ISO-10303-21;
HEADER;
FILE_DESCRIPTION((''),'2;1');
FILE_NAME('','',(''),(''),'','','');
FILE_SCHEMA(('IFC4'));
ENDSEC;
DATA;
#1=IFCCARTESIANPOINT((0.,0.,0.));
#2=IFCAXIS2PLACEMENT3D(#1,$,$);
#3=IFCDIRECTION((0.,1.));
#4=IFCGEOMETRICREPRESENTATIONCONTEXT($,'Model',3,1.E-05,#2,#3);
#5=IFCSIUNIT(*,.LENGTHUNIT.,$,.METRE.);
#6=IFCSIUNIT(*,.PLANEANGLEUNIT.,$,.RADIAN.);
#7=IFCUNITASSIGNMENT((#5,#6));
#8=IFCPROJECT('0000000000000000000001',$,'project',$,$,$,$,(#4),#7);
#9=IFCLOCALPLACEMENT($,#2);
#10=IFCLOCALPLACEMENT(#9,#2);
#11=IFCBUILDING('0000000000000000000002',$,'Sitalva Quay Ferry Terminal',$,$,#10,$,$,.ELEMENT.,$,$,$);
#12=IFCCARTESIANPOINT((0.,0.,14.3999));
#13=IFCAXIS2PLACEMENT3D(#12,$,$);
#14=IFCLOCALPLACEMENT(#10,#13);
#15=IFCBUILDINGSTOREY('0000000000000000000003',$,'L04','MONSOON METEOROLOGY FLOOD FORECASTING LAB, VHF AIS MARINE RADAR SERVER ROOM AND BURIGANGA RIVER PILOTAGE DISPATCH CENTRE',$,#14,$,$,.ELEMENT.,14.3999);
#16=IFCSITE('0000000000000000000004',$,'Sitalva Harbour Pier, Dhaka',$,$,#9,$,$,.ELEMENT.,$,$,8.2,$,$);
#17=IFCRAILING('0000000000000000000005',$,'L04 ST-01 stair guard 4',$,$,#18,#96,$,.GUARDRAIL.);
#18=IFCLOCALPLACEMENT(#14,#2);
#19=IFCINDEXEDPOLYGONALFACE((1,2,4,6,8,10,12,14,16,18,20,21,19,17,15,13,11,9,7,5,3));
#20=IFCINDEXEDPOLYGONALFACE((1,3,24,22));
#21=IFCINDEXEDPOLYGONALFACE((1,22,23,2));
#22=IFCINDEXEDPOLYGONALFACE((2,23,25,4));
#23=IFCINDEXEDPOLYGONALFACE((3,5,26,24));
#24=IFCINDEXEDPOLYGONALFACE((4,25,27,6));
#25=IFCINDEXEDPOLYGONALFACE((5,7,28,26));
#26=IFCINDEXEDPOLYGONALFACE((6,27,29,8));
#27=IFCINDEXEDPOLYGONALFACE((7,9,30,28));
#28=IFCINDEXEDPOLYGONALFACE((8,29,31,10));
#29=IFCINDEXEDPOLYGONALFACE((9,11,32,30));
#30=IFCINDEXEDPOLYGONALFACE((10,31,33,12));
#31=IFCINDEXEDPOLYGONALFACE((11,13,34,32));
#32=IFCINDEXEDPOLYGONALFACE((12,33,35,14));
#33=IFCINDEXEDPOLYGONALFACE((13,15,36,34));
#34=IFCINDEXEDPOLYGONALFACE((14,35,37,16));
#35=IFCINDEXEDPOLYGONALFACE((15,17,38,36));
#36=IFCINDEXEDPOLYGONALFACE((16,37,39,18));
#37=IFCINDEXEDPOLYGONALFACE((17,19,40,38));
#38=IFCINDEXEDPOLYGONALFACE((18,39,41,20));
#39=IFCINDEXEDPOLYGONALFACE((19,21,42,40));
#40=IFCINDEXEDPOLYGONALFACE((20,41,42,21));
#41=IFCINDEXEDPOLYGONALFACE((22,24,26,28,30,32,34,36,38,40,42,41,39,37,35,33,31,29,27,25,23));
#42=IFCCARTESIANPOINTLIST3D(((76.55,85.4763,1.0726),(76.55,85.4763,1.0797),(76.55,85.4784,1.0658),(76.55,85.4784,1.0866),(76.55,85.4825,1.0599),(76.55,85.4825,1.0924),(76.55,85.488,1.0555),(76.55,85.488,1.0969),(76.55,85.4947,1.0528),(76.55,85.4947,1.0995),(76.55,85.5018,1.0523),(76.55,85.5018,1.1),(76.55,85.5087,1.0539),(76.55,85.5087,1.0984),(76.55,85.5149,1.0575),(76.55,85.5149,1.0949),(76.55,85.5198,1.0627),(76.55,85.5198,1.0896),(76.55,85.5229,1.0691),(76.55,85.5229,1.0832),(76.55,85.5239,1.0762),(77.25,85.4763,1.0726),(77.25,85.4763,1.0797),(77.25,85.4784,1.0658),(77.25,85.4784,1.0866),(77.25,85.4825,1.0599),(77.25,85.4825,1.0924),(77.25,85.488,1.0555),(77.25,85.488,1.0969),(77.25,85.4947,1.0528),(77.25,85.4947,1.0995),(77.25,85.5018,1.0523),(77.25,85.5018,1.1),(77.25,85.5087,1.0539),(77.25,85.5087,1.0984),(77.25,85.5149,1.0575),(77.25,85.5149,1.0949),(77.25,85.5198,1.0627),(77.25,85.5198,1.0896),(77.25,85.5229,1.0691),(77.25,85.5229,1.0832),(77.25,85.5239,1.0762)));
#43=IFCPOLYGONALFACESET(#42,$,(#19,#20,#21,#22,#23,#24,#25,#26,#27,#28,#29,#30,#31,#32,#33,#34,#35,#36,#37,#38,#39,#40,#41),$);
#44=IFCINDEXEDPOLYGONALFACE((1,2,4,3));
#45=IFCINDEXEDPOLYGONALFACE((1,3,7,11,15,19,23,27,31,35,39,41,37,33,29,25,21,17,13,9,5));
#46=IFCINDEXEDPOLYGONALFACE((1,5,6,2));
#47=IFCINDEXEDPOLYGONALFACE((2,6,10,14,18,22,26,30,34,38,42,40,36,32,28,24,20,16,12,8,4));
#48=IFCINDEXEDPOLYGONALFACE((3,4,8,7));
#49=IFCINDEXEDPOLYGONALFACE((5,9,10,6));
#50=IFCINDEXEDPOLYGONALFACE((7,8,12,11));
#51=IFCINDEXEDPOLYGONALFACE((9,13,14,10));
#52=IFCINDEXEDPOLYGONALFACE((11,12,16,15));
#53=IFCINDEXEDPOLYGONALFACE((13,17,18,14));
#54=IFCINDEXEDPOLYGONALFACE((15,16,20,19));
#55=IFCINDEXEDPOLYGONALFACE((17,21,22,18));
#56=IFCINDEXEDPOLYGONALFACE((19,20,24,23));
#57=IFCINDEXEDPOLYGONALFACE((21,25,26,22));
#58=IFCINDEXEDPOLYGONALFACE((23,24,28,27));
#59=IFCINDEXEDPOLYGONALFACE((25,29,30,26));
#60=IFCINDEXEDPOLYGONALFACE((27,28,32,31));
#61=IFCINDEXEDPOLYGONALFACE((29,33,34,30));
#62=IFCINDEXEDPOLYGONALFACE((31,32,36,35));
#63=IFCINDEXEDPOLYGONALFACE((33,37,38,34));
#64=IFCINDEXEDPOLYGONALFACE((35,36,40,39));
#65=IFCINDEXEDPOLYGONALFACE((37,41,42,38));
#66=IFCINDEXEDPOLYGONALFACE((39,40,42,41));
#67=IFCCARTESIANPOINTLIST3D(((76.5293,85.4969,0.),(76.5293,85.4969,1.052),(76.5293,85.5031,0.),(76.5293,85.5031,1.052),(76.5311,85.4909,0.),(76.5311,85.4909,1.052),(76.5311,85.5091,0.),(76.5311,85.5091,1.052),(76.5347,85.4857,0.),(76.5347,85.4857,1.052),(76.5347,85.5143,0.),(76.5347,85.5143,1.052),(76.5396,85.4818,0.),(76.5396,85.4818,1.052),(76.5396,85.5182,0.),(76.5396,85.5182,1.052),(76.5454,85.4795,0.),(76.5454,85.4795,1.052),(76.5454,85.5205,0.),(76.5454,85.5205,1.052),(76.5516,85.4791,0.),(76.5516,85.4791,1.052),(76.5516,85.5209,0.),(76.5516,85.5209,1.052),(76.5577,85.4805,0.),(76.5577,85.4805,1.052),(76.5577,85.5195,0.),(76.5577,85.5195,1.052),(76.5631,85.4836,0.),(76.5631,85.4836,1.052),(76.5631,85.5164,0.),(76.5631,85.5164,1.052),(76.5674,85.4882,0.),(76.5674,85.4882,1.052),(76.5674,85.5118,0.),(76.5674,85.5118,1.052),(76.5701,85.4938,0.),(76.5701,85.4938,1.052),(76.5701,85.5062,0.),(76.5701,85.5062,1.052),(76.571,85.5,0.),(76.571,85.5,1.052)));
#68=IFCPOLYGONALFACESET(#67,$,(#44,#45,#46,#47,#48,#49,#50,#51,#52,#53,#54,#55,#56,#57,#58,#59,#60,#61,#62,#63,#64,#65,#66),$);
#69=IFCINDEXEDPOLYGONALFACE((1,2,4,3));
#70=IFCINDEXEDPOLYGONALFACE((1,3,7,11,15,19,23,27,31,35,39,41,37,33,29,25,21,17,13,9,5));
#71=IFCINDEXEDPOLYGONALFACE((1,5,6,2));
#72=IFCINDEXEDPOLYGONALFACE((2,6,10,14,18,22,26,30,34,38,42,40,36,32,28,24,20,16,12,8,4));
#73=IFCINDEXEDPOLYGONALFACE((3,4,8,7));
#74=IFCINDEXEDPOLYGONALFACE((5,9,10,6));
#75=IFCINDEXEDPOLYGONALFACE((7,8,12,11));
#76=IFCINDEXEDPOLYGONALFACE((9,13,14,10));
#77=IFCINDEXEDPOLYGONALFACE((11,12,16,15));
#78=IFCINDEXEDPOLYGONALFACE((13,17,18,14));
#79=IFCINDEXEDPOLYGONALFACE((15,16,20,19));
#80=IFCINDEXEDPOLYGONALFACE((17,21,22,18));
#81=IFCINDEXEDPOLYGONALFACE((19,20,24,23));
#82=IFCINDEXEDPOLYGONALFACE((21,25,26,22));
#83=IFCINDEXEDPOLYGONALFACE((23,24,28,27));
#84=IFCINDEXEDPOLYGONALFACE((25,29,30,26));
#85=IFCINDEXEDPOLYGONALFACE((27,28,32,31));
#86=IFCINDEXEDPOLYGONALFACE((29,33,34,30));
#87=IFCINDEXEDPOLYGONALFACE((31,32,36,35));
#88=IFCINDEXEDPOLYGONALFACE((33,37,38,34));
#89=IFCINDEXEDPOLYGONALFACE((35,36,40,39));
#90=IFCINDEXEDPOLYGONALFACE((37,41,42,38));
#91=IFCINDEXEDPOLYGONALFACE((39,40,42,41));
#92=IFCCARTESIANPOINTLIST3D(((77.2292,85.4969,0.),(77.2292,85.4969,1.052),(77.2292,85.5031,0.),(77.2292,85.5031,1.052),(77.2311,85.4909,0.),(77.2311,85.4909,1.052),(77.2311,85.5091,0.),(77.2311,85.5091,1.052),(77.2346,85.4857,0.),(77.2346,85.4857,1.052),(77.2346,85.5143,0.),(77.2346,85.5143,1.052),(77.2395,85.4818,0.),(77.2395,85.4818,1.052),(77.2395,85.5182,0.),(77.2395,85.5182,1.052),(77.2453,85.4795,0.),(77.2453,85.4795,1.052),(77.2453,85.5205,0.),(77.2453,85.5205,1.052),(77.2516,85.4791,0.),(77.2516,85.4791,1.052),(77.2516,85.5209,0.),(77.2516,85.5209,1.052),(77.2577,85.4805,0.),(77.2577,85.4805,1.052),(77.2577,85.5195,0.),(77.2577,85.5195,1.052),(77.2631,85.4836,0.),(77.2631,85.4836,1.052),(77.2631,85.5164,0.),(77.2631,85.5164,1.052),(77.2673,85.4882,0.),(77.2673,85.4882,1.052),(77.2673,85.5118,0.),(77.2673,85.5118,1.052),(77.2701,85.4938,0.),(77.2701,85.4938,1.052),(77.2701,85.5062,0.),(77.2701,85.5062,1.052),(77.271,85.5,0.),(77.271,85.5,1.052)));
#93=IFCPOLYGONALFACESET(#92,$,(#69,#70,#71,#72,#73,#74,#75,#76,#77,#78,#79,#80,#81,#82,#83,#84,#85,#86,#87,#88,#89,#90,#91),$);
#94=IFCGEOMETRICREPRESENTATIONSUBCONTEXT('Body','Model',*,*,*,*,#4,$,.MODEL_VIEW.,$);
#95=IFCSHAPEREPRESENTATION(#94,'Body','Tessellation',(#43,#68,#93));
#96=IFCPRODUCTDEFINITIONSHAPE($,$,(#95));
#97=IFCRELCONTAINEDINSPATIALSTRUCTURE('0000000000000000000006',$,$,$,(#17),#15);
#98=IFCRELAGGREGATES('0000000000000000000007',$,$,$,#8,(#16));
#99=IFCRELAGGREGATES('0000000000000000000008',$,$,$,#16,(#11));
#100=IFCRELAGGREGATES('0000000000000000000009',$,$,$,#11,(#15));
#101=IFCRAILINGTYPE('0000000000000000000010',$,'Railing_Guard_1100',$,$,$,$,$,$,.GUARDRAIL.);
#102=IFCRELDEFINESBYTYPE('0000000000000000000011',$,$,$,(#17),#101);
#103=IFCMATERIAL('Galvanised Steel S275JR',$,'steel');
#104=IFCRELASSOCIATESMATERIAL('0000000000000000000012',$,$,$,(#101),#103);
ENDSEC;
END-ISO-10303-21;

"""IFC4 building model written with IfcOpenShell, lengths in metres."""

from ifc_helpers import new_model, si_unit, direction, frame, origin, origin_2d, place, context, subcontext, project, spatial, circle, extrude, material, type_object, element, save


model = new_model("IFC4")

# Units and contexts
model_context = context("Model", 3, precision=1e-05, world=origin(), true_north=direction((0.0, 1.0)))
body_context = subcontext(model_context, "Body", "Model", "MODEL_VIEW")
ifc_project = project(units=[si_unit("LENGTHUNIT", "METRE"), si_unit("PLANEANGLEUNIT", "RADIAN")], contexts=[model_context])

# Site, building, storey
site_placement = place(None, origin())
site = spatial("IfcSite", under=ifc_project, at=site_placement, Name="Sitalva Harbour Pier, Dhaka", CompositionType="ELEMENT", RefElevation=8.2)
building_placement = place(site_placement, origin())
building = spatial("IfcBuilding", under=site, at=building_placement, Name="Sitalva Quay Ferry Terminal", CompositionType="ELEMENT")
storey_placement = place(building_placement, frame((0.0, 0.0, 14.3999)))
storey = spatial("IfcBuildingStorey", under=building, at=storey_placement, Name="L04", Description="MONSOON METEOROLOGY FLOOD FORECASTING LAB, VHF AIS MARINE RADAR SERVER ROOM AND BURIGANGA RIVER PILOTAGE DISPATCH CENTRE", CompositionType="ELEMENT", Elevation=14.3999)

# Railing
ifc_material_1 = material(Name="Galvanised Steel S275JR", Category="steel")
railing_type_1 = type_object("IfcRailingType", Name="Railing_Guard_1100", PredefinedType="GUARDRAIL", material=ifc_material_1)
railing_1_placement = place(storey_placement, frame((76.55, 85.5, 0.0)))
element("IfcRailing", 1, at=railing_1_placement, inside=storey, type_object=railing_type_1, Name="L04 ST-01 stair guard 4", PredefinedType="GUARDRAIL", context=body_context, shape_type="SweptSolid", body=[
    extrude(circle(Radius=0.0239, at=origin_2d()), frame((0.0, 0.0, 1.0762), z_axis=(1.0, 0.0, 0.0), x_axis=(0.0, 1.0, 0.0)), (0.0, 0.0, 1.0), 0.7),
    extrude(circle(Radius=0.021, at=origin_2d()), origin(), (0.0, 0.0, 1.0), 1.052),
    extrude(circle(Radius=0.021, at=origin_2d()), frame((0.7, 0.0, 0.0)), (0.0, 0.0, 1.0), 1.052),
])

save(model, "model.ifc")
